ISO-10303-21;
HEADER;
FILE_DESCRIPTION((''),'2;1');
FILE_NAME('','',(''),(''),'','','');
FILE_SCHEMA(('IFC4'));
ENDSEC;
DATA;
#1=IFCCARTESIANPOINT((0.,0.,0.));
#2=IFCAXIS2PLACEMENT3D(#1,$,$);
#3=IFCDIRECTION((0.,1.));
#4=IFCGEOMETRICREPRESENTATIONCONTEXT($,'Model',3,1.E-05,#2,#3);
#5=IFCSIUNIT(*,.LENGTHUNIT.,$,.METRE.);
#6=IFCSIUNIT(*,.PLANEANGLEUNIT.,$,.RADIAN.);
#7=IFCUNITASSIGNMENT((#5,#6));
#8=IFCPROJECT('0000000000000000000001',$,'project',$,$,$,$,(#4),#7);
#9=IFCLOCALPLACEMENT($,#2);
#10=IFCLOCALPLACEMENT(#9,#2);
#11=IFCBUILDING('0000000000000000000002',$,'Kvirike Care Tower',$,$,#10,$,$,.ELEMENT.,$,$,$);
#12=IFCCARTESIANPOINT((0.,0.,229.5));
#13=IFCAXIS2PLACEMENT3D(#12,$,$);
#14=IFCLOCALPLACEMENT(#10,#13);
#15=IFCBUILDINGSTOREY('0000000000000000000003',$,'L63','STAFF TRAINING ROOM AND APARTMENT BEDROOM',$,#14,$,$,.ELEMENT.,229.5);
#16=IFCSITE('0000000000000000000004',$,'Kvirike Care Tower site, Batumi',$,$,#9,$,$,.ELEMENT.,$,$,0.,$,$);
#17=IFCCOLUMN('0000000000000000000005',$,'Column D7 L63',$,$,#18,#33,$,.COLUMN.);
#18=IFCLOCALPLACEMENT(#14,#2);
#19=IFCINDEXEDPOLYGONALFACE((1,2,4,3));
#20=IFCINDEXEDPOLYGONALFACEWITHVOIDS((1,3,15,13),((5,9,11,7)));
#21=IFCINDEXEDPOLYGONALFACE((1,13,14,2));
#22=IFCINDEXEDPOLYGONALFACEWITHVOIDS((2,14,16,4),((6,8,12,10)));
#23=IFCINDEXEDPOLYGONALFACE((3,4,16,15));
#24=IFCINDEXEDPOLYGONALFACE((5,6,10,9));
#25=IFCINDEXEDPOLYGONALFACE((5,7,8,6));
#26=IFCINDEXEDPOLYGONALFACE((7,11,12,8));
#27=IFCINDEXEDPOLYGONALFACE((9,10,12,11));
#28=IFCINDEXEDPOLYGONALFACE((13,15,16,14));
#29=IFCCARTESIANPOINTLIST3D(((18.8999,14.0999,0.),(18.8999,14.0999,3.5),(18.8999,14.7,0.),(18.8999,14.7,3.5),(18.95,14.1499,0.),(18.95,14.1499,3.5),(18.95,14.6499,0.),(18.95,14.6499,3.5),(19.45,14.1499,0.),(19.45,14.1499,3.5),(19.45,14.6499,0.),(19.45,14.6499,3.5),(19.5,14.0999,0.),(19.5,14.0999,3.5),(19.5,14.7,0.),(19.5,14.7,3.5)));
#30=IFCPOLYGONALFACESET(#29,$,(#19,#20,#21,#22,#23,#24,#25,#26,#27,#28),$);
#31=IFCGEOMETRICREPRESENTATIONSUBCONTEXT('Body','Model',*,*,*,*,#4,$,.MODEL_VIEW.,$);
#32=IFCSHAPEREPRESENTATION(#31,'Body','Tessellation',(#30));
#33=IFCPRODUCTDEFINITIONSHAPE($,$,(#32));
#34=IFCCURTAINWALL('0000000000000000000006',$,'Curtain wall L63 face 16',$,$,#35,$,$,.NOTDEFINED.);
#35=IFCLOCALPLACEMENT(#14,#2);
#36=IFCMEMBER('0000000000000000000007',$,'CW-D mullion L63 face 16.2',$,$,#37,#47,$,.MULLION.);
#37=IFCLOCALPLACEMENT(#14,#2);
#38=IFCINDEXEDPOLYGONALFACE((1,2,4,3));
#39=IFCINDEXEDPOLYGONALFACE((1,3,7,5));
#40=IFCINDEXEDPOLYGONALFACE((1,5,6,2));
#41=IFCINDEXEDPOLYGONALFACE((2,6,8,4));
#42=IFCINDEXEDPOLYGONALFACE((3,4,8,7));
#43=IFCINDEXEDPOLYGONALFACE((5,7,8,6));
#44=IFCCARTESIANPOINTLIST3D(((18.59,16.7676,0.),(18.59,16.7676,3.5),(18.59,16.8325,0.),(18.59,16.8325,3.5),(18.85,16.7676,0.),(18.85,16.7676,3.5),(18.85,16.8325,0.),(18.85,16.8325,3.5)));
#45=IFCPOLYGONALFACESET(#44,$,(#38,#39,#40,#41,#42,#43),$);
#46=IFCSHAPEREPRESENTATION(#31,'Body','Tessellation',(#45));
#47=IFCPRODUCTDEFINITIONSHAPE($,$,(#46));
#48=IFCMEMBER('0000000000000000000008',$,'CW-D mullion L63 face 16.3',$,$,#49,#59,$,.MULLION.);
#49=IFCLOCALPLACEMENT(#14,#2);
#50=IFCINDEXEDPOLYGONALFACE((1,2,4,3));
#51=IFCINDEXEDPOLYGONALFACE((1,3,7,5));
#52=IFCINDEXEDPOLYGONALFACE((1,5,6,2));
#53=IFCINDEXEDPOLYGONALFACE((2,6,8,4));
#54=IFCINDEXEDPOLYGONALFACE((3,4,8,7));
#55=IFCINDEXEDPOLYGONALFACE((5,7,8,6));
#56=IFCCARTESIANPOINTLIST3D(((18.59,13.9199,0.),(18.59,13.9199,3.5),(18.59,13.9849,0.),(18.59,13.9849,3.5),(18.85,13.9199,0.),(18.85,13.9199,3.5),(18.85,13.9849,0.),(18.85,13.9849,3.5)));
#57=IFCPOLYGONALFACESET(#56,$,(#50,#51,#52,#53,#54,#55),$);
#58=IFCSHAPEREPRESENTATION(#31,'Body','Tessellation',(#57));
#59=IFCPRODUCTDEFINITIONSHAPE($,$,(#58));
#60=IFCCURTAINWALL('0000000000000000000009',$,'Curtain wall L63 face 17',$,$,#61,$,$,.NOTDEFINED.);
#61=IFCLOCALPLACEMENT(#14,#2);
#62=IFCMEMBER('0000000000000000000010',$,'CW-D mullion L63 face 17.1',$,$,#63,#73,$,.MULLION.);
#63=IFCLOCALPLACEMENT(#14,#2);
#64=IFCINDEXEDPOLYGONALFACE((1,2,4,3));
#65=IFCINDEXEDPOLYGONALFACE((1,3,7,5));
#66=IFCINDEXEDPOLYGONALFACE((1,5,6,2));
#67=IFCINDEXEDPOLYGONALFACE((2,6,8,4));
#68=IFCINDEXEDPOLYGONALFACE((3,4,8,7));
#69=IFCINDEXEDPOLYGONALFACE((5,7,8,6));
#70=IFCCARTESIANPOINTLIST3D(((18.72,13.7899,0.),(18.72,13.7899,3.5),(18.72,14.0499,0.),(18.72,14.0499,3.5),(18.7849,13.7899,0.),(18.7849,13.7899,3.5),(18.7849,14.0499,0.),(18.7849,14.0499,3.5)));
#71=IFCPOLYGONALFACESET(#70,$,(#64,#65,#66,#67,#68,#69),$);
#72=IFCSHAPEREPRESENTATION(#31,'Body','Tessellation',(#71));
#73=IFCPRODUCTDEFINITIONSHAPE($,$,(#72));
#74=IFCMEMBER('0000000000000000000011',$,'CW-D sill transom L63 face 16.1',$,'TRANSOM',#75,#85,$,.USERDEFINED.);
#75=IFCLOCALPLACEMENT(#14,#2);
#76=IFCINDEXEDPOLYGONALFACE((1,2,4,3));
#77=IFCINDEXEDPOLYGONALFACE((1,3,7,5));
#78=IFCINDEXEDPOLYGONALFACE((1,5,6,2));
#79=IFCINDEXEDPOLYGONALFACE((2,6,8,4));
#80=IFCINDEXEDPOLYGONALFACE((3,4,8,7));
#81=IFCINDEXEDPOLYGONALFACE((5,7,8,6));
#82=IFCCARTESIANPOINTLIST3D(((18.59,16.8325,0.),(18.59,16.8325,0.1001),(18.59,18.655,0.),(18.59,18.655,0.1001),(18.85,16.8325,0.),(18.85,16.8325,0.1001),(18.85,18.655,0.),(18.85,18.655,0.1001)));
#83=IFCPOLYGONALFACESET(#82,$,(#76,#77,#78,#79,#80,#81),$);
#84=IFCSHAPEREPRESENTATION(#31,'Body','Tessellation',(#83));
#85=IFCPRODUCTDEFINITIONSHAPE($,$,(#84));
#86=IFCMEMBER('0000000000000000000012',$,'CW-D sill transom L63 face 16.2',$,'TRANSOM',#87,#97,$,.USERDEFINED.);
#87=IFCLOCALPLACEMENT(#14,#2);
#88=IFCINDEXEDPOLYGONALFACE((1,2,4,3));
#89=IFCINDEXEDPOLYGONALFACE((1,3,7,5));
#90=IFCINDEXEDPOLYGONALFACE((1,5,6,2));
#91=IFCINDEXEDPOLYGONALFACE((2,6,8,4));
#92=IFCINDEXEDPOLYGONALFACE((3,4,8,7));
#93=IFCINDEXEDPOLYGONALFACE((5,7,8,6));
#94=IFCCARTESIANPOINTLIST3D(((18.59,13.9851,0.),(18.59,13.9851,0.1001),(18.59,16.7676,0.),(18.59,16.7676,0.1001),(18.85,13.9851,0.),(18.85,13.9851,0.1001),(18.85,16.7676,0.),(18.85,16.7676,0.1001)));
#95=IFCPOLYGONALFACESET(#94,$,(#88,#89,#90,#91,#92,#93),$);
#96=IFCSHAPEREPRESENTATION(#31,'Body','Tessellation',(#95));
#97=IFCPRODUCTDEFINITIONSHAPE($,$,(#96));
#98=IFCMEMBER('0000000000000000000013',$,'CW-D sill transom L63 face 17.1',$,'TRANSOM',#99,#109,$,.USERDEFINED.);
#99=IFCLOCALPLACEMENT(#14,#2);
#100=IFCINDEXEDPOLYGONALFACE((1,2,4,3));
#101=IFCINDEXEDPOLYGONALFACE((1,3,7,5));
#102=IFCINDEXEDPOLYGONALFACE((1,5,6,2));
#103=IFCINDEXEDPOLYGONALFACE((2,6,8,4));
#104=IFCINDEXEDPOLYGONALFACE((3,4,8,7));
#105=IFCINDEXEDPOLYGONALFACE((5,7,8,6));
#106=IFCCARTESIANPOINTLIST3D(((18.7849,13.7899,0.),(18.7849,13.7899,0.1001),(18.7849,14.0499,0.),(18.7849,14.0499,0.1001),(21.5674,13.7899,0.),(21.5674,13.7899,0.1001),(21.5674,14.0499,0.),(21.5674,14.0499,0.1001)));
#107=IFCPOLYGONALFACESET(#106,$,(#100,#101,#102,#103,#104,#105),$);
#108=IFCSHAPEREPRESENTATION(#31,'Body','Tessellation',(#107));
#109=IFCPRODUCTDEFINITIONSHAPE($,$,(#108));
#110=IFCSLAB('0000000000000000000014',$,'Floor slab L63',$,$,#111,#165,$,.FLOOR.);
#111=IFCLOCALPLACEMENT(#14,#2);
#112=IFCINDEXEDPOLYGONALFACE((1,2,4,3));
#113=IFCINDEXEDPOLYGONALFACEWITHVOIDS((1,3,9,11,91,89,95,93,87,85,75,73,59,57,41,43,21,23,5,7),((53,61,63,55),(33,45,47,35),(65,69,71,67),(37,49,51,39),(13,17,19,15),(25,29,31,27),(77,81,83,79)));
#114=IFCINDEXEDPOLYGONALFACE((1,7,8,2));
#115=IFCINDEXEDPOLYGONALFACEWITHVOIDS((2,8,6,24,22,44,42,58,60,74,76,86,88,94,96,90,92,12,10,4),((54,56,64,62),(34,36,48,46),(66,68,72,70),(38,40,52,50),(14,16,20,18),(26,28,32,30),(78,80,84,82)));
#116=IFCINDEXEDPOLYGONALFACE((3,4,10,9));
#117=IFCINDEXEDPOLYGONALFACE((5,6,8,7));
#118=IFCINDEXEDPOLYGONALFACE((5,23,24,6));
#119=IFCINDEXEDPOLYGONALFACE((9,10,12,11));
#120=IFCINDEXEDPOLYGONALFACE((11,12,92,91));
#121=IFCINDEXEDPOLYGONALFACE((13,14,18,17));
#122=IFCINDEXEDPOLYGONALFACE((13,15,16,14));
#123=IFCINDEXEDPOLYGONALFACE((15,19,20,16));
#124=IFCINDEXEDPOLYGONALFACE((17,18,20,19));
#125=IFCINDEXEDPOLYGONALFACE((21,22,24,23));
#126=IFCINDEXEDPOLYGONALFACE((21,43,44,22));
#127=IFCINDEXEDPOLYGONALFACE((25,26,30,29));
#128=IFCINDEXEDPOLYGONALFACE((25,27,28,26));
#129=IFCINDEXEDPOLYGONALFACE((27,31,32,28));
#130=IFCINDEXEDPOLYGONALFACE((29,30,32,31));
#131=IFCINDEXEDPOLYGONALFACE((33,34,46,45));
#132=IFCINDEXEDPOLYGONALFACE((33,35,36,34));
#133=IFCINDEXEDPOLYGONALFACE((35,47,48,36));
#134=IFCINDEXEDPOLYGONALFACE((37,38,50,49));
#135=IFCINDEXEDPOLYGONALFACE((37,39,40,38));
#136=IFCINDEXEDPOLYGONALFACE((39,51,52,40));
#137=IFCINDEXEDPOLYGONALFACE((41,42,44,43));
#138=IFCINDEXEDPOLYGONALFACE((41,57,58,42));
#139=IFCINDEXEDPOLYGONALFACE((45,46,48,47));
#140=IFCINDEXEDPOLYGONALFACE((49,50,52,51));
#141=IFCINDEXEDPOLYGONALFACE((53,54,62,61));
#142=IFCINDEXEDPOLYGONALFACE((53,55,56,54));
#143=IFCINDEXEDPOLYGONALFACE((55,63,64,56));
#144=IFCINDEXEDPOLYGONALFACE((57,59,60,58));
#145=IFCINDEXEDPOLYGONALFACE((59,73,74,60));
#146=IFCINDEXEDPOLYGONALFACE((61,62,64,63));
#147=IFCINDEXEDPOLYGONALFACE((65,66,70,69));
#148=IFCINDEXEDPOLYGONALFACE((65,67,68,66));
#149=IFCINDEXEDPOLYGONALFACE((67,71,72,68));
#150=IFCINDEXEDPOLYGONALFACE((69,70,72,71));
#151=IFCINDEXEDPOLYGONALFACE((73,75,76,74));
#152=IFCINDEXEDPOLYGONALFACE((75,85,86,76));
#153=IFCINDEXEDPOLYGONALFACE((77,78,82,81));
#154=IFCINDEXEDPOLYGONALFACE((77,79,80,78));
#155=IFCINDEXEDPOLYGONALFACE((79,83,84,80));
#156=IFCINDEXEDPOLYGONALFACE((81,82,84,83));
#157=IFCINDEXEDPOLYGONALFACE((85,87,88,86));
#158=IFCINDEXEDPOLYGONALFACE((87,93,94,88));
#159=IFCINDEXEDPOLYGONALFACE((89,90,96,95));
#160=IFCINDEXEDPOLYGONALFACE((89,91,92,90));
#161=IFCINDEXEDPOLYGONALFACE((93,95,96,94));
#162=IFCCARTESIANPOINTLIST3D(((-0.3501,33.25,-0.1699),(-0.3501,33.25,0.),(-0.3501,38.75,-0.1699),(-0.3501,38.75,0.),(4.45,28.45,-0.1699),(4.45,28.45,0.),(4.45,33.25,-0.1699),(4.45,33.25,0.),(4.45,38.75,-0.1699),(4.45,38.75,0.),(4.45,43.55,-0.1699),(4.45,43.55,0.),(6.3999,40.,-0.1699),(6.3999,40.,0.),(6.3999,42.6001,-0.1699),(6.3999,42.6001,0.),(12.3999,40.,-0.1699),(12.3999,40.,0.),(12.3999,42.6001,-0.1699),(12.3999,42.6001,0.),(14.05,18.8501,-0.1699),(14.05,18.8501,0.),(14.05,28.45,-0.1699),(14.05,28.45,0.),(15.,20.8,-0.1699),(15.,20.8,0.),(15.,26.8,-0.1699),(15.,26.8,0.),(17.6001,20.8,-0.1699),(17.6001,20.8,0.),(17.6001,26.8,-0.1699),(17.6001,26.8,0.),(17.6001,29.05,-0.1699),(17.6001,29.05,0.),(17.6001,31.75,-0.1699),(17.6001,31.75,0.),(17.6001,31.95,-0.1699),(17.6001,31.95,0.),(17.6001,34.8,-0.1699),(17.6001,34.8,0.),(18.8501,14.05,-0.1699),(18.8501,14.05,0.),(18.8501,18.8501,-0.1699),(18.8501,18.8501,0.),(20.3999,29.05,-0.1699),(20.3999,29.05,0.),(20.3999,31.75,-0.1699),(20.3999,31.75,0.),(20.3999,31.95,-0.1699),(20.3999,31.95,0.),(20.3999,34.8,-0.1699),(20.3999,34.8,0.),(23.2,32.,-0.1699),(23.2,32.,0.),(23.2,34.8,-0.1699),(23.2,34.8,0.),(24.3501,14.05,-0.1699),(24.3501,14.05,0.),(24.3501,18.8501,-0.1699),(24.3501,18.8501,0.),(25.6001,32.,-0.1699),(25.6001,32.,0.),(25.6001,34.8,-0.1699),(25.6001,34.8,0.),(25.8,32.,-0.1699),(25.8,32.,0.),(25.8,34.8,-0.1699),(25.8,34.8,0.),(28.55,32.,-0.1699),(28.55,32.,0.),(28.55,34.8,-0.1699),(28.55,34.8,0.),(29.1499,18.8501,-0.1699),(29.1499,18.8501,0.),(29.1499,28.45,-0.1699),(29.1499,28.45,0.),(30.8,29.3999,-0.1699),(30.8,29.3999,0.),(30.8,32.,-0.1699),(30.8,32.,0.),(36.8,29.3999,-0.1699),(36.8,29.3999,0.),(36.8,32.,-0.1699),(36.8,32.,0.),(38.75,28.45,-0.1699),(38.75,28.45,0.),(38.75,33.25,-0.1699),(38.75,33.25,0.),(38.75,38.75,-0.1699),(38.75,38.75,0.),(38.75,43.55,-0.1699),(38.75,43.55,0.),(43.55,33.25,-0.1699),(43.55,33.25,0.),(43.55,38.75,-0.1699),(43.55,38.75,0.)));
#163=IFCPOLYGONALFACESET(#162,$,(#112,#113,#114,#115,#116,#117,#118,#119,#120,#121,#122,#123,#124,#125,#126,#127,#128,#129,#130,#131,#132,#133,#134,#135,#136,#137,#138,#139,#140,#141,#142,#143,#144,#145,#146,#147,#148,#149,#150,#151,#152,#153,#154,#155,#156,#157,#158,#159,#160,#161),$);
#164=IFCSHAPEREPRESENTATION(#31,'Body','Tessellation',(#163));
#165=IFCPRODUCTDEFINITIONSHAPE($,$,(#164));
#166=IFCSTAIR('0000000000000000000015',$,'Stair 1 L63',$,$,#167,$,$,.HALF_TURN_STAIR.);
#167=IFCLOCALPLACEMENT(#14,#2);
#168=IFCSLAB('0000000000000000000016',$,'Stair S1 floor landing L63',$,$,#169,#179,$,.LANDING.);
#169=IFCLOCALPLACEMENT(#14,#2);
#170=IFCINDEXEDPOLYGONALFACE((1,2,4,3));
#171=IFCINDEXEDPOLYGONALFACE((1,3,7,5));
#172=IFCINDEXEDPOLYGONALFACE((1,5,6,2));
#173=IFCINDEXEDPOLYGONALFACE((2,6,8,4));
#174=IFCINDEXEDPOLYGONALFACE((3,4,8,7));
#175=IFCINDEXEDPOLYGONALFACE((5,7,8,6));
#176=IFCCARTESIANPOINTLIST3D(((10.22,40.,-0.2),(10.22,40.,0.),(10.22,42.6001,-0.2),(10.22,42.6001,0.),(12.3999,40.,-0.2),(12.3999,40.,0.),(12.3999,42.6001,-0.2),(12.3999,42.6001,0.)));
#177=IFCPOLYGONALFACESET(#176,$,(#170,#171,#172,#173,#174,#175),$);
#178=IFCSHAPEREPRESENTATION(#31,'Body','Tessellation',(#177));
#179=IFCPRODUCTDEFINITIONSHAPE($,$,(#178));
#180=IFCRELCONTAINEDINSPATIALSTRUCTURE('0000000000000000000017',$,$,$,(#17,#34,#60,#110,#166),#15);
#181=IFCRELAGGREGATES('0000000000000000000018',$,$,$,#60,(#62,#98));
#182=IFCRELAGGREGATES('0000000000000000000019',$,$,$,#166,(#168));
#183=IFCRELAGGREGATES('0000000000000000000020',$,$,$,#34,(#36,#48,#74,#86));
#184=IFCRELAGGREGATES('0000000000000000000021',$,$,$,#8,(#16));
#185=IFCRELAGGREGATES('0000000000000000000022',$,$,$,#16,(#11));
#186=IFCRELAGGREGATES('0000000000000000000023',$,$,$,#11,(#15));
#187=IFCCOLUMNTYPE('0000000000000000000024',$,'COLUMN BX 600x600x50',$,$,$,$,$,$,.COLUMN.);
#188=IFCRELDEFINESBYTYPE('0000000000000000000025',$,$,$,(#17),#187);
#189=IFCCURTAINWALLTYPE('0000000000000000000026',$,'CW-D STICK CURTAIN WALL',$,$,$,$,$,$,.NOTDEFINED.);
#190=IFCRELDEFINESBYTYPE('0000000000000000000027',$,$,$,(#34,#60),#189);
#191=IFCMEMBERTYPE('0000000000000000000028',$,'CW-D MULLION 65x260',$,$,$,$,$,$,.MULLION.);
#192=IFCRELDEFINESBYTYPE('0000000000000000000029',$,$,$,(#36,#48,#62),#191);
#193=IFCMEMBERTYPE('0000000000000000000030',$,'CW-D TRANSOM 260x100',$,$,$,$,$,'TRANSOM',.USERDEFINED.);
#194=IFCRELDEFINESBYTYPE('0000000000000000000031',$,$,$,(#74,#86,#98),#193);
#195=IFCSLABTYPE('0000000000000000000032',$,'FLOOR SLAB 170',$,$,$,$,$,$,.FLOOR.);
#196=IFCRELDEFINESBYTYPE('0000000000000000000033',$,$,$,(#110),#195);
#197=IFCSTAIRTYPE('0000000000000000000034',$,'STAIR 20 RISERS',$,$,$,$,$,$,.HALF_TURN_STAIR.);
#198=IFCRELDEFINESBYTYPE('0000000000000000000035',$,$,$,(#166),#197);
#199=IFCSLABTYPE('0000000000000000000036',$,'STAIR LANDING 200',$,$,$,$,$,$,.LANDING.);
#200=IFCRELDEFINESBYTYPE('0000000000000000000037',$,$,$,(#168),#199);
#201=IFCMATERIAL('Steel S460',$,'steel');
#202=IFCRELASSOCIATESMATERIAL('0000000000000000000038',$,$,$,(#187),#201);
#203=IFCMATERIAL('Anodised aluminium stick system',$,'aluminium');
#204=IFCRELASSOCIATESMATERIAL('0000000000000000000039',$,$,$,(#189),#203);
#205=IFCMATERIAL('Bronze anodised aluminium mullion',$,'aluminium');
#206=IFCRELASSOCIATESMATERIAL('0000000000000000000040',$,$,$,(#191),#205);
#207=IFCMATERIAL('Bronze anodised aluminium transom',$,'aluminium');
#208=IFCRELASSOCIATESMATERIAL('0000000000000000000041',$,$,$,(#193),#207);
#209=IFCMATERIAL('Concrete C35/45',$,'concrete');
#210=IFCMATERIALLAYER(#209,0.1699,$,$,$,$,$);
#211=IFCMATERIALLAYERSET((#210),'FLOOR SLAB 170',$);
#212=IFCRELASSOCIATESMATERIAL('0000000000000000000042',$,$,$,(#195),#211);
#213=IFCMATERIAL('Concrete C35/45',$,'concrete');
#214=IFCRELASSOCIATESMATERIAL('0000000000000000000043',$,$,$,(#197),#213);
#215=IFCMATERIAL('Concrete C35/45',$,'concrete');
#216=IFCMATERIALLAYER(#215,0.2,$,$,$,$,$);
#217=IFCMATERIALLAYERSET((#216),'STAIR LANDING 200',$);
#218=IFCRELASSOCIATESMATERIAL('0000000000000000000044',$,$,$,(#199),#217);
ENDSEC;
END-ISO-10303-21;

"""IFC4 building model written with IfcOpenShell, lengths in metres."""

from ifc_helpers import new_model, si_unit, direction, frame, origin, origin_2d, place, context, subcontext, project, spatial, polyline, rectangle, hollow_rectangle, outline, extrude, material, layer, layer_set, material_profile, profile_set, type_object, element, aggregate, save


model = new_model("IFC4")

# Units and contexts
model_context = context("Model", 3, precision=1e-05, world=origin(), true_north=direction((0.0, 1.0)))
body_context = subcontext(model_context, "Body", "Model", "MODEL_VIEW")
ifc_project = project(units=[si_unit("LENGTHUNIT", "METRE"), si_unit("PLANEANGLEUNIT", "RADIAN")], contexts=[model_context])

# Site, building, storey
site_placement = place(None, origin())
site = spatial("IfcSite", under=ifc_project, at=site_placement, Name="Kvirike Care Tower site, Batumi", CompositionType="ELEMENT", RefElevation=0.0)
building_placement = place(site_placement, origin())
building = spatial("IfcBuilding", under=site, at=building_placement, Name="Kvirike Care Tower", CompositionType="ELEMENT")
storey_placement = place(building_placement, frame((0.0, 0.0, 229.5)))
storey = spatial("IfcBuildingStorey", under=building, at=storey_placement, Name="L63", Description="STAFF TRAINING ROOM AND APARTMENT BEDROOM", CompositionType="ELEMENT", Elevation=229.5)

# Column
ifc_material_1 = material(Name="Steel S460", Category="steel")
ifc_material_profile_1 = material_profile(ifc_material_1, hollow_rectangle(XDim=0.6001, YDim=0.6001, WallThickness=0.05, at=origin_2d()), Name="BX 600x600x50")
ifc_profile_set_1 = profile_set([ifc_material_profile_1], Name="Steel S460")
column_type = type_object("IfcColumnType", Name="COLUMN BX 600x600x50", PredefinedType="COLUMN", material=ifc_profile_set_1)
column_placement = place(storey_placement, frame((19.2, 14.3999, 0.0), z_axis=(0.0, 0.0, 1.0), x_axis=(0.0, 1.0, 0.0)))
element("IfcColumn", 1, at=column_placement, inside=storey, type_object=column_type, Name="Column D7 L63", PredefinedType="COLUMN", context=body_context, shape_type="SweptSolid", body=[
    extrude(hollow_rectangle(XDim=0.6001, YDim=0.6001, WallThickness=0.05, at=origin_2d()), origin(), (0.0, 0.0, 1.0), 3.5),
])

# Curtain wall, members
ifc_material_2 = material(Name="Anodised aluminium stick system", Category="aluminium")
curtain_wall_type = type_object("IfcCurtainWallType", Name="CW-D STICK CURTAIN WALL", PredefinedType="NOTDEFINED", material=ifc_material_2)
curtain_wall_1_placement = place(storey_placement, origin())
curtain_wall_1 = element("IfcCurtainWall", 2, at=curtain_wall_1_placement, inside=storey, type_object=curtain_wall_type, Name="Curtain wall L63 face 16", PredefinedType="NOTDEFINED")
ifc_material_3 = material(Name="Bronze anodised aluminium mullion", Category="aluminium")
ifc_material_profile_2 = material_profile(ifc_material_3, rectangle(XDim=0.0649, YDim=0.26, at=origin_2d()), Name="CW-D MULLION 65x260")
ifc_profile_set_2 = profile_set([ifc_material_profile_2], Name="Bronze anodised aluminium mullion")
member_type_1 = type_object("IfcMemberType", Name="CW-D MULLION 65x260", PredefinedType="MULLION", material=ifc_profile_set_2)
member_1_placement = place(storey_placement, frame((18.72, 16.8, 0.0), z_axis=(0.0, 0.0, 1.0), x_axis=(0.0, -1.0, 0.0)))
member_1 = element("IfcMember", 3, at=member_1_placement, type_object=member_type_1, Name="CW-D mullion L63 face 16.2", PredefinedType="MULLION", context=body_context, shape_type="SweptSolid", body=[
    extrude(rectangle(XDim=0.0649, YDim=0.26, at=origin_2d()), origin(), (0.0, 0.0, 1.0), 3.5),
])
member_2_placement = place(storey_placement, frame((18.72, 13.9524, 0.0), z_axis=(0.0, 0.0, 1.0), x_axis=(0.0, -1.0, 0.0)))
member_2 = element("IfcMember", 4, at=member_2_placement, type_object=member_type_1, Name="CW-D mullion L63 face 16.3", PredefinedType="MULLION", context=body_context, shape_type="SweptSolid", body=[
    extrude(rectangle(XDim=0.0649, YDim=0.26, at=origin_2d()), origin(), (0.0, 0.0, 1.0), 3.5),
])

# Curtain wall, member
curtain_wall_2_placement = place(storey_placement, origin())
curtain_wall_2 = element("IfcCurtainWall", 5, at=curtain_wall_2_placement, inside=storey, type_object=curtain_wall_type, Name="Curtain wall L63 face 17", PredefinedType="NOTDEFINED")
member_3_placement = place(storey_placement, frame((18.7524, 13.9199, 0.0), z_axis=(0.0, 0.0, 1.0), x_axis=(1.0, 0.0, 0.0)))
member_3 = element("IfcMember", 6, at=member_3_placement, type_object=member_type_1, Name="CW-D mullion L63 face 17.1", PredefinedType="MULLION", context=body_context, shape_type="SweptSolid", body=[
    extrude(rectangle(XDim=0.0649, YDim=0.26, at=origin_2d()), origin(), (0.0, 0.0, 1.0), 3.5),
])

# Members
ifc_material_4 = material(Name="Bronze anodised aluminium transom", Category="aluminium")
ifc_material_profile_3 = material_profile(ifc_material_4, rectangle(XDim=0.26, YDim=0.1001, at=origin_2d()), Name="CW-D TRANSOM 260x100")
ifc_profile_set_3 = profile_set([ifc_material_profile_3], Name="Bronze anodised aluminium transom")
member_type_2 = type_object("IfcMemberType", Name="CW-D TRANSOM 260x100", ElementType="TRANSOM", PredefinedType="USERDEFINED", material=ifc_profile_set_3)
member_4_placement = place(storey_placement, frame((18.72, 18.655, 0.05), z_axis=(0.0, -1.0, 0.0), x_axis=(1.0, 0.0, 0.0)))
member_4 = element("IfcMember", 7, at=member_4_placement, type_object=member_type_2, Name="CW-D sill transom L63 face 16.1", ObjectType="TRANSOM", PredefinedType="USERDEFINED", context=body_context, shape_type="SweptSolid", body=[
    extrude(rectangle(XDim=0.26, YDim=0.1001, at=origin_2d()), origin(), (0.0, 0.0, 1.0), 1.8225),
])
member_5_placement = place(storey_placement, frame((18.72, 16.7676, 0.05), z_axis=(0.0, -1.0, 0.0), x_axis=(1.0, 0.0, 0.0)))
member_5 = element("IfcMember", 8, at=member_5_placement, type_object=member_type_2, Name="CW-D sill transom L63 face 16.2", ObjectType="TRANSOM", PredefinedType="USERDEFINED", context=body_context, shape_type="SweptSolid", body=[
    extrude(rectangle(XDim=0.26, YDim=0.1001, at=origin_2d()), origin(), (0.0, 0.0, 1.0), 2.7825),
])
member_6_placement = place(storey_placement, frame((18.7849, 13.9199, 0.05), z_axis=(1.0, 0.0, 0.0), x_axis=(0.0, 1.0, 0.0)))
member_6 = element("IfcMember", 9, at=member_6_placement, type_object=member_type_2, Name="CW-D sill transom L63 face 17.1", ObjectType="TRANSOM", PredefinedType="USERDEFINED", context=body_context, shape_type="SweptSolid", body=[
    extrude(rectangle(XDim=0.26, YDim=0.1001, at=origin_2d()), origin(), (0.0, 0.0, 1.0), 2.7825),
])
aggregate(curtain_wall_2, [member_3, member_6])

# Slab
ifc_material_5 = material(Name="Concrete C35/45", Category="concrete")
ifc_layer_1 = layer(ifc_material_5, 0.1699)
ifc_layer_set_1 = layer_set([ifc_layer_1], Name="FLOOR SLAB 170")
slab_type_1 = type_object("IfcSlabType", Name="FLOOR SLAB 170", PredefinedType="FLOOR", material=ifc_layer_set_1)
slab_1_placement = place(storey_placement, frame((0.0, 0.0, -0.1699)))
element("IfcSlab", 10, at=slab_1_placement, inside=storey, type_object=slab_type_1, Name="Floor slab L63", PredefinedType="FLOOR", context=body_context, shape_type="SweptSolid", body=[
    extrude(outline(polyline([(29.1499, 28.45), (38.75, 28.45), (38.75, 33.25), (43.55, 33.25), (43.55, 38.75), (38.75, 38.75), (38.75, 43.55), (4.45, 43.55), (4.45, 38.75), (-0.3501, 38.75), (-0.3501, 33.25), (4.45, 33.25), (4.45, 28.45), (14.05, 28.45), (14.05, 18.8501), (18.8501, 18.8501), (18.8501, 14.05), (24.3501, 14.05), (24.3501, 18.8501), (29.1499, 18.8501), (29.1499, 28.45)]), holes=[polyline([(17.6001, 29.05), (17.6001, 31.75), (20.3999, 31.75), (20.3999, 29.05), (17.6001, 29.05)]), polyline([(17.6001, 31.95), (17.6001, 34.8), (20.3999, 34.8), (20.3999, 31.95), (17.6001, 31.95)]), polyline([(23.2, 32.0), (23.2, 34.8), (25.6001, 34.8), (25.6001, 32.0), (23.2, 32.0)]), polyline([(25.8, 32.0), (25.8, 34.8), (28.55, 34.8), (28.55, 32.0), (25.8, 32.0)]), polyline([(12.3999, 42.6001), (12.3999, 40.0), (6.3999, 40.0), (6.3999, 42.6001), (12.3999, 42.6001)]), polyline([(30.8, 29.3999), (30.8, 32.0), (36.8, 32.0), (36.8, 29.3999), (30.8, 29.3999)]), polyline([(15.0, 26.8), (17.6001, 26.8), (17.6001, 20.8), (15.0, 20.8), (15.0, 26.8)])]), origin(), (0.0, 0.0, 1.0), 0.1699),
])

# Stair, slab
ifc_material_6 = material(Name="Concrete C35/45", Category="concrete")
stair_type = type_object("IfcStairType", Name="STAIR 20 RISERS", PredefinedType="HALF_TURN_STAIR", material=ifc_material_6)
stair_1_placement = place(storey_placement, origin())
stair_1 = element("IfcStair", 11, at=stair_1_placement, inside=storey, type_object=stair_type, Name="Stair 1 L63", PredefinedType="HALF_TURN_STAIR")
ifc_material_7 = material(Name="Concrete C35/45", Category="concrete")
ifc_layer_2 = layer(ifc_material_7, 0.2)
ifc_layer_set_2 = layer_set([ifc_layer_2], Name="STAIR LANDING 200")
slab_type_2 = type_object("IfcSlabType", Name="STAIR LANDING 200", PredefinedType="LANDING", material=ifc_layer_set_2)
slab_2_placement = place(storey_placement, frame((0.0, 0.0, -0.2)))
slab_2 = element("IfcSlab", 12, at=slab_2_placement, type_object=slab_type_2, Name="Stair S1 floor landing L63", PredefinedType="LANDING", context=body_context, shape_type="SweptSolid", body=[
    extrude(outline(polyline([(10.22, 42.6001), (10.22, 40.0), (12.3999, 40.0), (12.3999, 42.6001), (10.22, 42.6001)])), origin(), (0.0, 0.0, 1.0), 0.2),
])
aggregate(stair_1, [slab_2])

aggregate(curtain_wall_1, [member_1, member_2, member_4, member_5])

save(model, "model.ifc")
